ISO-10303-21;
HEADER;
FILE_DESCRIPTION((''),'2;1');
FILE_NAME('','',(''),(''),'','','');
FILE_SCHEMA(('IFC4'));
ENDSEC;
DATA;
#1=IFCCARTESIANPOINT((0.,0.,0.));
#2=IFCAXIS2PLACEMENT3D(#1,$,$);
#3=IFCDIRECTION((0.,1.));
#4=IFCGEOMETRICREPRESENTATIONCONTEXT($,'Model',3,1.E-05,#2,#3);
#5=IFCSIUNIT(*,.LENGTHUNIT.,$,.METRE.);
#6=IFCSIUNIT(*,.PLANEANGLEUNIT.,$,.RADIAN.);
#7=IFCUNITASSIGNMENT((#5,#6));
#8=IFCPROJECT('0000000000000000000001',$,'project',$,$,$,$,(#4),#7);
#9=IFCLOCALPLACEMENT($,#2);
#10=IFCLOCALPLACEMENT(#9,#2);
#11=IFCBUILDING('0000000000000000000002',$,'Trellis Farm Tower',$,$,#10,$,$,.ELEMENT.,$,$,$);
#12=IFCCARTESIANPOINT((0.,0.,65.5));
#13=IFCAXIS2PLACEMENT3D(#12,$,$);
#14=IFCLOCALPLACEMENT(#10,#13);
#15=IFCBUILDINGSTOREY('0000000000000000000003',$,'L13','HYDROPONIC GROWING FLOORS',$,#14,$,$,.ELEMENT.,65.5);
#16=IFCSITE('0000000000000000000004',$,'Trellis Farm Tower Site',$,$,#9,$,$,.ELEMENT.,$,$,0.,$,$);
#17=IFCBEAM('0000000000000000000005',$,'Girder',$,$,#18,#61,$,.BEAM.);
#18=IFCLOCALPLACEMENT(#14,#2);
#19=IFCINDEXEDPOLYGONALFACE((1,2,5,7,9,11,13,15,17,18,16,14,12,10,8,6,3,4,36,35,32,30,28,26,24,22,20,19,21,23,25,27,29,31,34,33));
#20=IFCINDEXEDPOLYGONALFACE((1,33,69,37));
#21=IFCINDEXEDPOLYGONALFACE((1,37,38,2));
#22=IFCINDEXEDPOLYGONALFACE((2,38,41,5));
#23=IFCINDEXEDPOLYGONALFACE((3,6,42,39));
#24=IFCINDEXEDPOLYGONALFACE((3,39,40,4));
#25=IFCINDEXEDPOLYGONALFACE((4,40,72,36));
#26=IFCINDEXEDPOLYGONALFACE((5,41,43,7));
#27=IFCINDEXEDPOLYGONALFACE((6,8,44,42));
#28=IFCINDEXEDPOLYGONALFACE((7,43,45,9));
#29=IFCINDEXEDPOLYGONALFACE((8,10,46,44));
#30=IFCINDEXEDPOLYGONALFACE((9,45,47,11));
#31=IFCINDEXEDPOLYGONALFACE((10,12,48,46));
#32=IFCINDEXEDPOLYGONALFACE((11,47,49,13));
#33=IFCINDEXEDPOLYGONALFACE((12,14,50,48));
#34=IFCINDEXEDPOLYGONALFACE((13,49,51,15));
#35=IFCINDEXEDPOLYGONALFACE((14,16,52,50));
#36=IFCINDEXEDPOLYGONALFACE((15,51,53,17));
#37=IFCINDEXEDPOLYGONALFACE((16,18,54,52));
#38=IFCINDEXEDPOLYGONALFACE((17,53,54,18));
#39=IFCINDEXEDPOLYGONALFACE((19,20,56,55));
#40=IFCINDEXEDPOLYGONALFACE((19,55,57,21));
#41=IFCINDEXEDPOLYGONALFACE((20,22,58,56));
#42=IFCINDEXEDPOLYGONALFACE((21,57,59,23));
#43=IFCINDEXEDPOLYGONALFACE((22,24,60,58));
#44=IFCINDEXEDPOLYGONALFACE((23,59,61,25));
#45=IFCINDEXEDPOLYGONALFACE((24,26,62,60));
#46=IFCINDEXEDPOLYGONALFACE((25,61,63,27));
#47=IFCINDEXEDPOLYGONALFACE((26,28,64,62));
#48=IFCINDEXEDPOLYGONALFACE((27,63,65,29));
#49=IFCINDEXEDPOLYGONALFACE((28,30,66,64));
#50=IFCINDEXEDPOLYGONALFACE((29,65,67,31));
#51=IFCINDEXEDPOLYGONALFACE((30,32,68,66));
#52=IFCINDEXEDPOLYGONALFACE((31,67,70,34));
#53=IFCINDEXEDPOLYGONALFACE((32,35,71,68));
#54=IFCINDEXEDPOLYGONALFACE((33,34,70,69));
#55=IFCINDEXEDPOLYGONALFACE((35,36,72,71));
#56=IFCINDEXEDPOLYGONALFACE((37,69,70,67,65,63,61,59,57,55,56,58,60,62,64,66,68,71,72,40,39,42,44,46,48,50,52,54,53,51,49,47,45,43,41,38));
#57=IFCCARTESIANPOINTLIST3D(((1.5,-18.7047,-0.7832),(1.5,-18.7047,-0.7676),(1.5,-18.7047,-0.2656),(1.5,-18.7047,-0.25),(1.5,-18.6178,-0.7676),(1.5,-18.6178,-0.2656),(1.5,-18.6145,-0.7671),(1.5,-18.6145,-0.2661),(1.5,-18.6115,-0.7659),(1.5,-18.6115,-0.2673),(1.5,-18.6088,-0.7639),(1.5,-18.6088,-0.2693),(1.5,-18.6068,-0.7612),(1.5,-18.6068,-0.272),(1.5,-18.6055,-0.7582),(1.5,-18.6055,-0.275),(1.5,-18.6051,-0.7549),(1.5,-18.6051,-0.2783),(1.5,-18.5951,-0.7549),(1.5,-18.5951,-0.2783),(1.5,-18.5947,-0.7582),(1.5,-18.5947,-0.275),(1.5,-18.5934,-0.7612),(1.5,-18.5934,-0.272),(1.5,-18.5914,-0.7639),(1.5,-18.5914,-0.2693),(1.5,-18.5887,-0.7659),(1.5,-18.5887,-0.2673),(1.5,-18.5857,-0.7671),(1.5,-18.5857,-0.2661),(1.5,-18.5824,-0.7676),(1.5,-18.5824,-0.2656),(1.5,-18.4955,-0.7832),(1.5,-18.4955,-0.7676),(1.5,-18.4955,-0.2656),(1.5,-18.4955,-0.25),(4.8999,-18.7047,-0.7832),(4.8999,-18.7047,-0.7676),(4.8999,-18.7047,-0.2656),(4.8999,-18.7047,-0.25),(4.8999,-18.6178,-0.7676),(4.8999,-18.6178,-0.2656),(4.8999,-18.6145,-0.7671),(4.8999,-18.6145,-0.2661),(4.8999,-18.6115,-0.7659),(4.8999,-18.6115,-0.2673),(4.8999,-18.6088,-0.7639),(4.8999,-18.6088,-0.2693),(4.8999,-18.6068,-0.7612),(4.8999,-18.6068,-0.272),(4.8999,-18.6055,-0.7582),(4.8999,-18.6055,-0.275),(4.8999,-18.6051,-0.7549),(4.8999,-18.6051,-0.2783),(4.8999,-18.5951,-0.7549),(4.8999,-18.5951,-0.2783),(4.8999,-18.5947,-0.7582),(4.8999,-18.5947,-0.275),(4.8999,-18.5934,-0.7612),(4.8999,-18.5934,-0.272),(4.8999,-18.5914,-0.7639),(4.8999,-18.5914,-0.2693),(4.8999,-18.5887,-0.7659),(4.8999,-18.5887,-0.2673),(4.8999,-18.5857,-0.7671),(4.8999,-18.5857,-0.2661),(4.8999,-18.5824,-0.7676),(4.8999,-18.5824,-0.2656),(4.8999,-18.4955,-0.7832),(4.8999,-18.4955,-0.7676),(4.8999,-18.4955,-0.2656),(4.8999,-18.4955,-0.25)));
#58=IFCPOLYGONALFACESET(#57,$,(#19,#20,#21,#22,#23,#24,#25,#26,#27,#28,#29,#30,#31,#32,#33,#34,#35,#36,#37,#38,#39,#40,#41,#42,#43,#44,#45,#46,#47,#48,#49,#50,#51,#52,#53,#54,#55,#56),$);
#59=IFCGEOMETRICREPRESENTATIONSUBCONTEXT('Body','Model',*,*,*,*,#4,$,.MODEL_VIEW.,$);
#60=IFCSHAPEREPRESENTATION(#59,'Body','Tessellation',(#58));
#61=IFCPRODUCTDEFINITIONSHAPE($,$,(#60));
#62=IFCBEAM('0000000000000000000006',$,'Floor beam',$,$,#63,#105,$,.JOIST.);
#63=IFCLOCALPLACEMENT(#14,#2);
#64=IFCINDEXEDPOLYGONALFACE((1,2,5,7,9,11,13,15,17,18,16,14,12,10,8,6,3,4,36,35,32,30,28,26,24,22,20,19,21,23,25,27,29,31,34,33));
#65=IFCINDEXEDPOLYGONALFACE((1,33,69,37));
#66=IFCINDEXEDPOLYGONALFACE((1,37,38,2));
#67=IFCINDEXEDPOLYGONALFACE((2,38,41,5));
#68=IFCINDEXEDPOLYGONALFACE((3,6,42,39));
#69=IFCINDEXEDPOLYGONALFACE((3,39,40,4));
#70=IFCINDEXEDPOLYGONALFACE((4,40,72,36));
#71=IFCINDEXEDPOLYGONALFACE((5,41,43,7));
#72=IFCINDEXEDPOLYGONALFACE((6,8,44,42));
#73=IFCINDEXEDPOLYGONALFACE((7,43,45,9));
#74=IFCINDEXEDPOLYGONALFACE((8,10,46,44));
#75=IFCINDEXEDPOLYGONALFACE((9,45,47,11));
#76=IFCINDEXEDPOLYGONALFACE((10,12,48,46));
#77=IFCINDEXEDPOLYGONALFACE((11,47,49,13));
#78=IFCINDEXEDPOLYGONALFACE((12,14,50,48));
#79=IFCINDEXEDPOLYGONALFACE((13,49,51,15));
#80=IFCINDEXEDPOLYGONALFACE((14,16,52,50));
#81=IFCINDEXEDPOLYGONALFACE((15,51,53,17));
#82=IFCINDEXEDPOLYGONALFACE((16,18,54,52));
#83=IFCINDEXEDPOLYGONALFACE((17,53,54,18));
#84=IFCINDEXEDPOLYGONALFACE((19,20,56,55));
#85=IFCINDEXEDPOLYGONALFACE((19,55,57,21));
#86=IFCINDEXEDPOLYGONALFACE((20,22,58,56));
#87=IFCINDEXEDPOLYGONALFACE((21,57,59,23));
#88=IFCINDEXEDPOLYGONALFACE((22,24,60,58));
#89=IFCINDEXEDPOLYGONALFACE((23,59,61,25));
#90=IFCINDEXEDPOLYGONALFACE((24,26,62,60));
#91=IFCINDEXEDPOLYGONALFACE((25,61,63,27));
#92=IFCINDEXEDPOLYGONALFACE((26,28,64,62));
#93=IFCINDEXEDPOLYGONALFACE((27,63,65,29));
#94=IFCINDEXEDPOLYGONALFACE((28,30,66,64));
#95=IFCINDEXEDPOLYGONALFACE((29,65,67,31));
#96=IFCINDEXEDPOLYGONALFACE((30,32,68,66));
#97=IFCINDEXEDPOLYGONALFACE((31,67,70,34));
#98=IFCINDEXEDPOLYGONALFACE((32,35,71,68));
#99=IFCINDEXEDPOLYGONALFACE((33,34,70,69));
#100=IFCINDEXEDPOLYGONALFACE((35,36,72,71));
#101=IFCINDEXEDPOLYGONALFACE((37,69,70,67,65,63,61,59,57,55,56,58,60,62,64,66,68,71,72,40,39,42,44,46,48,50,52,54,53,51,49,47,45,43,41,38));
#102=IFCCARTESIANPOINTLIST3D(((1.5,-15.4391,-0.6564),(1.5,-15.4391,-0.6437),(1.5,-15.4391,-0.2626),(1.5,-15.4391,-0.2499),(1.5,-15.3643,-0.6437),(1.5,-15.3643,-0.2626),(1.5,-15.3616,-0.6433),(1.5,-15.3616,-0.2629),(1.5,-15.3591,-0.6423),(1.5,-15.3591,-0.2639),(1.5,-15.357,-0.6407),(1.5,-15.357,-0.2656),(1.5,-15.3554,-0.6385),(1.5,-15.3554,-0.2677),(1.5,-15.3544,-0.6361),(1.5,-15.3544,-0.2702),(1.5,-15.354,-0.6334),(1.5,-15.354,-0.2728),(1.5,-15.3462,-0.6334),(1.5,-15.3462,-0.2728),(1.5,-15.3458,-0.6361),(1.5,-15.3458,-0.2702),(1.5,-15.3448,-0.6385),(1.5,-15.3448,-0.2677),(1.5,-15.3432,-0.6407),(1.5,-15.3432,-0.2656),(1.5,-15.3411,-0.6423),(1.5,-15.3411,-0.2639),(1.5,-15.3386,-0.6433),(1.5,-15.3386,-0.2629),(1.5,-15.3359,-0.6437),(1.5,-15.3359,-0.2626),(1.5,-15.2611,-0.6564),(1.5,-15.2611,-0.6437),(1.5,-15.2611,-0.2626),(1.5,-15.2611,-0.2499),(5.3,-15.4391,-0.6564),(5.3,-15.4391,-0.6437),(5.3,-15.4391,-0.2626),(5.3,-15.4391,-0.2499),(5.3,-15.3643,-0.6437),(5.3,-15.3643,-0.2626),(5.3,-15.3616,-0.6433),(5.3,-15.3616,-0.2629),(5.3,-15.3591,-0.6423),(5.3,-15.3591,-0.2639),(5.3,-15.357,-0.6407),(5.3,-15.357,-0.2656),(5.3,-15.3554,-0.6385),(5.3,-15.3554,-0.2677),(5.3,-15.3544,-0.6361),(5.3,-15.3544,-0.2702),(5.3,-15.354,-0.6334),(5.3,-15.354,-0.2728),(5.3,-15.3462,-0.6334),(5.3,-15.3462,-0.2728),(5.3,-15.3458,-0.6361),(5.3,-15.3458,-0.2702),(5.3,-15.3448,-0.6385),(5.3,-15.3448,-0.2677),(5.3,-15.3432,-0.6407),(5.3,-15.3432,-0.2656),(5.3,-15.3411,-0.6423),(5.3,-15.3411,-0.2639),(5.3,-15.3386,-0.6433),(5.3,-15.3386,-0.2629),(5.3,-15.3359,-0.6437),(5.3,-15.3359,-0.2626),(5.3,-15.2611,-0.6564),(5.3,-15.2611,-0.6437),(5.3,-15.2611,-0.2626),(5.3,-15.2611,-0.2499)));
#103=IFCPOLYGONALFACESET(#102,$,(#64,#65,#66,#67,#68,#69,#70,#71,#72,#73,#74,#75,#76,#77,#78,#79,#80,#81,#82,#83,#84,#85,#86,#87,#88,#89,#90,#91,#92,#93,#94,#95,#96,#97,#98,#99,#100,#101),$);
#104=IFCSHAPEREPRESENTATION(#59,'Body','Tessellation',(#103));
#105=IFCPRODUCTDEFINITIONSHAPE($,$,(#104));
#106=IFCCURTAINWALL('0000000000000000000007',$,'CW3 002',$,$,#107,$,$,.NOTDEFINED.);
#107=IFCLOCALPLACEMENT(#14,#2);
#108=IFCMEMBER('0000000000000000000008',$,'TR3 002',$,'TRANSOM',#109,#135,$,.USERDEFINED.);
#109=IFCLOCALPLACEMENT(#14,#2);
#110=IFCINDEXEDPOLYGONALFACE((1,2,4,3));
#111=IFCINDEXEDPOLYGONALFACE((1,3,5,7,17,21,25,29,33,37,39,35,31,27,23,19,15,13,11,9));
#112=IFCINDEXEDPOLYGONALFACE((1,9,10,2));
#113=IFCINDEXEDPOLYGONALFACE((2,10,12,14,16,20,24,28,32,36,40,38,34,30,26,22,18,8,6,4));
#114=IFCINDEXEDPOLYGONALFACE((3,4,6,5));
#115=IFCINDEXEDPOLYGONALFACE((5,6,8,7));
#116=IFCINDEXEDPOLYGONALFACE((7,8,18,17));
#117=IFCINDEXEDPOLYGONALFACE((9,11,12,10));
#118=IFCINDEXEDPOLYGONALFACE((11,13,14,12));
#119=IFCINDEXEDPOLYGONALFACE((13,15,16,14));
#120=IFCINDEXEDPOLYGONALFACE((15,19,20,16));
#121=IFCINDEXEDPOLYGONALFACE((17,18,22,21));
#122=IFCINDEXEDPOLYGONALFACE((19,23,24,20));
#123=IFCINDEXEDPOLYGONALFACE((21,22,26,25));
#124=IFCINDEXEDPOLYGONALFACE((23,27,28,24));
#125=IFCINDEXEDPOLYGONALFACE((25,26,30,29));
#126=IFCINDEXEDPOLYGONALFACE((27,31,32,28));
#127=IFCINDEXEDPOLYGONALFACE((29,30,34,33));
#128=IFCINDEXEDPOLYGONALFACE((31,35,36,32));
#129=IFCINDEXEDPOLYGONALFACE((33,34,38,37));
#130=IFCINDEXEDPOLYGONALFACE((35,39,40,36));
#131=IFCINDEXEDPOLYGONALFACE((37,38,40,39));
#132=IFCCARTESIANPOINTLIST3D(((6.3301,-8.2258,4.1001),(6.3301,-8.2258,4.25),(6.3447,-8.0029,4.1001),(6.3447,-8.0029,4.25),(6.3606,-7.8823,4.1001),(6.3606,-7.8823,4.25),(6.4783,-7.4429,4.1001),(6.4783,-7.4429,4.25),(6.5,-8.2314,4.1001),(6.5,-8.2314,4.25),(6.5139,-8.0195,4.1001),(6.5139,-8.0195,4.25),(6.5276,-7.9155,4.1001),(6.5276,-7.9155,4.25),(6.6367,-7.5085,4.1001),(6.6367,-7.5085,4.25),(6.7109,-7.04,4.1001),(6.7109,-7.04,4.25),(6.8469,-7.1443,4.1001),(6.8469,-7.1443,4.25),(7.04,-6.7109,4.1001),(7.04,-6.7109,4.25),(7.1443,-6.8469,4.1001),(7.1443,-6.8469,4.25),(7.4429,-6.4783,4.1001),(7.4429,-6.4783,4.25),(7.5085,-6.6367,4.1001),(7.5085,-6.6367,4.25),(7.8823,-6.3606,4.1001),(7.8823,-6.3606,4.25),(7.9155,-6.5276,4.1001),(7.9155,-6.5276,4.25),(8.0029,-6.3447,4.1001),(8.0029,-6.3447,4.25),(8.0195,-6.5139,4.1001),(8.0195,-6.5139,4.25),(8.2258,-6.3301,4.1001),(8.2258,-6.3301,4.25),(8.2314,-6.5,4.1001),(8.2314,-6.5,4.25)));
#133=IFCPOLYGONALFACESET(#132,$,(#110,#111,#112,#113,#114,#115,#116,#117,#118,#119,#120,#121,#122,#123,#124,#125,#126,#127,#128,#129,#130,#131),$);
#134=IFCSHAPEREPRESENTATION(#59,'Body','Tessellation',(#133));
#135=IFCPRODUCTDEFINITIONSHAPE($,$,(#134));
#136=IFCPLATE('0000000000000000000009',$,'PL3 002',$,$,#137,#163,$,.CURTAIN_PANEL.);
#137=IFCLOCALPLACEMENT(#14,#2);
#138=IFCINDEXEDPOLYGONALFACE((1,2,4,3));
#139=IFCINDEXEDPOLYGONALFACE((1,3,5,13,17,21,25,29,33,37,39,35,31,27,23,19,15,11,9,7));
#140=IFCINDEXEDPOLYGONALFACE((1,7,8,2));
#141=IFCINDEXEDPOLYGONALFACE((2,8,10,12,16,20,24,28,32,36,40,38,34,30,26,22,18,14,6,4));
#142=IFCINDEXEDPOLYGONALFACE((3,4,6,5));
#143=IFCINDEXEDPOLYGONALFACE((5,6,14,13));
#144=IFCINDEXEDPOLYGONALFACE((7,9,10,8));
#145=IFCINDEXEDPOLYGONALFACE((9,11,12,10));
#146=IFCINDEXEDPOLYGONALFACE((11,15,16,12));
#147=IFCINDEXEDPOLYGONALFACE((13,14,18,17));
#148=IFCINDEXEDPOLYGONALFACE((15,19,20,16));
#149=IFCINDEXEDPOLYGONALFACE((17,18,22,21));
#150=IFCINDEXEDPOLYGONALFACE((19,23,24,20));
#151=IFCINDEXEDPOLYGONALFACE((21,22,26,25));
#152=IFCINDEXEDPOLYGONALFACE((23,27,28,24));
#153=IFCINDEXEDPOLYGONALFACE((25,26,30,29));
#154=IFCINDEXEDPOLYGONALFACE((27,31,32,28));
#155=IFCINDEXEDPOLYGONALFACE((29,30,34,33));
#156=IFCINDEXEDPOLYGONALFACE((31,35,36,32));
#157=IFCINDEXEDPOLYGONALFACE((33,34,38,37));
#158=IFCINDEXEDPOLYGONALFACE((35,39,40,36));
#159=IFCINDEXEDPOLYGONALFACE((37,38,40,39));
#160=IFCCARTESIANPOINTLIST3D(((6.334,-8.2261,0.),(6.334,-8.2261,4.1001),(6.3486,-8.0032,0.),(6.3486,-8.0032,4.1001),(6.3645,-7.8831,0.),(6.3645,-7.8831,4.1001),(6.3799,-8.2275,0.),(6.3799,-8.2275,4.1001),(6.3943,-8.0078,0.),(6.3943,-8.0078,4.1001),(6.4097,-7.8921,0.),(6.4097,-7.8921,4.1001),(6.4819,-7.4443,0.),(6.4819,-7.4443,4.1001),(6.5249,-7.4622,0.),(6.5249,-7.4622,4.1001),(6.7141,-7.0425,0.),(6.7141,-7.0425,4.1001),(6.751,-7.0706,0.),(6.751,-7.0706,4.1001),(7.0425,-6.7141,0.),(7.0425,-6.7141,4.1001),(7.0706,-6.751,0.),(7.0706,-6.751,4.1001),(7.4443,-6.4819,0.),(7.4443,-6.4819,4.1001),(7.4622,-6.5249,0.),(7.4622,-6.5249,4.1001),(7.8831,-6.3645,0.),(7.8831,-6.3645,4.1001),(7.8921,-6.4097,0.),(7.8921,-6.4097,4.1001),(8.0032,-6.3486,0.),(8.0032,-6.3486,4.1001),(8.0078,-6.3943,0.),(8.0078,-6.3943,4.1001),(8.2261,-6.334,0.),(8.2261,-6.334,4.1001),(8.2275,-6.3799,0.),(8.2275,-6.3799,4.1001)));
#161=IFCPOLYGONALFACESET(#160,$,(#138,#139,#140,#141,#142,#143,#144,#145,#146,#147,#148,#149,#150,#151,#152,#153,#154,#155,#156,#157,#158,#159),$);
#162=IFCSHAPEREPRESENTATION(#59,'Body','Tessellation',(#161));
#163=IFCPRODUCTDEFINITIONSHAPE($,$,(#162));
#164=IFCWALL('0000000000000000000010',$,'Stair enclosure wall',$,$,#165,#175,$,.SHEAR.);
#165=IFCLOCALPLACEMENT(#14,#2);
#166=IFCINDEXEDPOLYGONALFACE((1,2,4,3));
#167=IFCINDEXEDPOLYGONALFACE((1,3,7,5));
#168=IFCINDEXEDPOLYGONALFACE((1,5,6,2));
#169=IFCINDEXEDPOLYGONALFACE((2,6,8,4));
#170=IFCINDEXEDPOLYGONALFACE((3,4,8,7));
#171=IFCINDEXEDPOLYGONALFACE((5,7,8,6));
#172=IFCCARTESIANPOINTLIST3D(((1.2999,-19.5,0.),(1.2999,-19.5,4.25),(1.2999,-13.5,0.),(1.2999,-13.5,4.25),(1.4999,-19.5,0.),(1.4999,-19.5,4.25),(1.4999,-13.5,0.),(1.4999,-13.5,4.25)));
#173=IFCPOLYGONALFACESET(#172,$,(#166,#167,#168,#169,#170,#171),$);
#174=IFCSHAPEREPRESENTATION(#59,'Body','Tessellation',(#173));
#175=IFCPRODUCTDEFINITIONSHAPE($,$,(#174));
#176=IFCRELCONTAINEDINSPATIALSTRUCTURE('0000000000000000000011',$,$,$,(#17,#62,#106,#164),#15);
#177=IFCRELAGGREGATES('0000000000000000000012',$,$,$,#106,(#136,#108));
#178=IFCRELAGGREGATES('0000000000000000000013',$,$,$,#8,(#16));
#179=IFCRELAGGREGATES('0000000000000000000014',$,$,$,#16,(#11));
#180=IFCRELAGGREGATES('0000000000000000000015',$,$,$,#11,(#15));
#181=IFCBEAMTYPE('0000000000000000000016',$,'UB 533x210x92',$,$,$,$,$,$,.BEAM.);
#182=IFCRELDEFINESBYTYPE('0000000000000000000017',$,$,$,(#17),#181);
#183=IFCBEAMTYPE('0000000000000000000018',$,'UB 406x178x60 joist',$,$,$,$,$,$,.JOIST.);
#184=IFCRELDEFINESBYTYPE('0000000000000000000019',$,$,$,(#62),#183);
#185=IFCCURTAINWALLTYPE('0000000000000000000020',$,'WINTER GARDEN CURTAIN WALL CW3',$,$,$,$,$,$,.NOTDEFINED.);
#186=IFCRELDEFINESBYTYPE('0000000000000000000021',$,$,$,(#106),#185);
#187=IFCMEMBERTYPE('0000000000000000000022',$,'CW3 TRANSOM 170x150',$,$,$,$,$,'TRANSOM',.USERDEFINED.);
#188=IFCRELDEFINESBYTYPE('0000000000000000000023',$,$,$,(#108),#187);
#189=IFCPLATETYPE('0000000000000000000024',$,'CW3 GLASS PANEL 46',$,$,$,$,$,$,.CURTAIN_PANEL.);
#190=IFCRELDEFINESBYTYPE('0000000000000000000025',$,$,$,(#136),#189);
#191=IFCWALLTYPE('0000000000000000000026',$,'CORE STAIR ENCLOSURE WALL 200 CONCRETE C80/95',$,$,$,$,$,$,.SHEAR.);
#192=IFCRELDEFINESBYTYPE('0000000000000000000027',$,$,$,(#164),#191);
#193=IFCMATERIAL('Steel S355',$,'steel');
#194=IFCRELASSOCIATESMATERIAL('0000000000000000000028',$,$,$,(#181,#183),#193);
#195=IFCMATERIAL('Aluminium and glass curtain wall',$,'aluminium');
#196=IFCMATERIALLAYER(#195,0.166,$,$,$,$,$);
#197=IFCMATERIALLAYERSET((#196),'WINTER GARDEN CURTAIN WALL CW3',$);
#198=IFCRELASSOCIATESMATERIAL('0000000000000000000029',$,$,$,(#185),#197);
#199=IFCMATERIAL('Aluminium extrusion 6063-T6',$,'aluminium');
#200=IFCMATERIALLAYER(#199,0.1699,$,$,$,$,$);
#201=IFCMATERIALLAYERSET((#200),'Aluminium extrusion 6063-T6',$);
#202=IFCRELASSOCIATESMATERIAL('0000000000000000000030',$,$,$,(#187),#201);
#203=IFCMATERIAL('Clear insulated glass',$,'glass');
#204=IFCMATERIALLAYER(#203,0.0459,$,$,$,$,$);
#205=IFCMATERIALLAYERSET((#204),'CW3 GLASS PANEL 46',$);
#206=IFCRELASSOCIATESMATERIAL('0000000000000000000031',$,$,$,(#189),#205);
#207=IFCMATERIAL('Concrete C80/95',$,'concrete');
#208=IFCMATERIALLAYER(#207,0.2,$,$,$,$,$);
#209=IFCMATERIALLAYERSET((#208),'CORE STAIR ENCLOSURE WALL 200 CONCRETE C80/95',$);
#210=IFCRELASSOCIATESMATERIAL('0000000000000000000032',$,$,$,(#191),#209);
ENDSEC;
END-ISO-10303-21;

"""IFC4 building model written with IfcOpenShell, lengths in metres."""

from ifc_helpers import new_model, si_unit, direction, frame, frame_2d, origin, origin_2d, place, context, subcontext, project, spatial, polyline, rectangle, i_section, outline, extrude, source, transform, mapped, material, layer, layer_set, material_profile, profile_set, type_object, element, aggregate, save


model = new_model("IFC4")

# Units and contexts
model_context = context("Model", 3, precision=1e-05, world=origin(), true_north=direction((0.0, 1.0)))
body_context = subcontext(model_context, "Body", "Model", "MODEL_VIEW")
ifc_project = project(units=[si_unit("LENGTHUNIT", "METRE"), si_unit("PLANEANGLEUNIT", "RADIAN")], contexts=[model_context])

# Site, building, storey
site_placement = place(None, origin())
site = spatial("IfcSite", under=ifc_project, at=site_placement, Name="Trellis Farm Tower Site", CompositionType="ELEMENT", RefElevation=0.0)
building_placement = place(site_placement, origin())
building = spatial("IfcBuilding", under=site, at=building_placement, Name="Trellis Farm Tower", CompositionType="ELEMENT")
storey_placement = place(building_placement, frame((0.0, 0.0, 65.5)))
storey = spatial("IfcBuildingStorey", under=building, at=storey_placement, Name="L13", Description="HYDROPONIC GROWING FLOORS", CompositionType="ELEMENT", Elevation=65.5)

# Beams
ifc_material_1 = material(Name="Steel S355", Category="steel")
ifc_material_profile_1 = material_profile(ifc_material_1, i_section(OverallWidth=0.2092, OverallDepth=0.5332, WebThickness=0.01, FlangeThickness=0.0156, FilletRadius=0.0127, at=origin_2d()), Name="UB 533x210x92")
ifc_profile_set_1 = profile_set([ifc_material_profile_1], Name="Steel S355")
beam_type_1 = type_object("IfcBeamType", Name="UB 533x210x92", PredefinedType="BEAM", material=ifc_profile_set_1)
shared_shape_1 = source(origin(), body_context, "Body", "SweptSolid", [
    extrude(i_section(OverallWidth=0.2092, OverallDepth=0.5332, WebThickness=0.01, FlangeThickness=0.0156, FilletRadius=0.0127, at=origin_2d()), origin(), (0.0, 0.0, 1.0), 3.3999),
])
beam_1_placement = place(storey_placement, frame((1.5, -18.6001, -0.5166), z_axis=(1.0, 0.0, 0.0), x_axis=(0.0, 1.0, 0.0)))
element("IfcBeam", 1, at=beam_1_placement, inside=storey, type_object=beam_type_1, Name="Girder", PredefinedType="BEAM", context=body_context, shape_type="MappedRepresentation", body=[
    mapped(shared_shape_1, transform((0.0, 0.0, 0.0))),
])
ifc_material_profile_2 = material_profile(ifc_material_1, i_section(OverallWidth=0.178, OverallDepth=0.4065, WebThickness=0.0078, FlangeThickness=0.0127, FilletRadius=0.0103, at=origin_2d()), Name="UB 406x178x60")
ifc_profile_set_2 = profile_set([ifc_material_profile_2], Name="Steel S355")
beam_type_2 = type_object("IfcBeamType", Name="UB 406x178x60 joist", PredefinedType="JOIST", material=ifc_profile_set_2)
shared_shape_2 = source(origin(), body_context, "Body", "SweptSolid", [
    extrude(i_section(OverallWidth=0.178, OverallDepth=0.4065, WebThickness=0.0078, FlangeThickness=0.0127, FilletRadius=0.0103, at=origin_2d()), origin(), (0.0, 0.0, 1.0), 3.8),
])
beam_2_placement = place(storey_placement, frame((1.5, -15.3501, -0.4531), z_axis=(1.0, 0.0, 0.0), x_axis=(0.0, 1.0, 0.0)))
element("IfcBeam", 2, at=beam_2_placement, inside=storey, type_object=beam_type_2, Name="Floor beam", PredefinedType="JOIST", context=body_context, shape_type="MappedRepresentation", body=[
    mapped(shared_shape_2, transform((0.0, 0.0, 0.0))),
])

# Curtain wall, member, plate
ifc_material_2 = material(Name="Aluminium and glass curtain wall", Category="aluminium")
ifc_layer_1 = layer(ifc_material_2, 0.166)
ifc_layer_set_1 = layer_set([ifc_layer_1], Name="WINTER GARDEN CURTAIN WALL CW3")
curtain_wall_type = type_object("IfcCurtainWallType", Name="WINTER GARDEN CURTAIN WALL CW3", PredefinedType="NOTDEFINED", material=ifc_layer_set_1)
placement_1 = place(storey_placement, origin())
curtain_wall = element("IfcCurtainWall", 3, at=placement_1, inside=storey, type_object=curtain_wall_type, Name="CW3 002", PredefinedType="NOTDEFINED")
ifc_material_3 = material(Name="Aluminium extrusion 6063-T6", Category="aluminium")
ifc_layer_2 = layer(ifc_material_3, 0.1699)
ifc_layer_set_2 = layer_set([ifc_layer_2], Name="Aluminium extrusion 6063-T6")
member_type = type_object("IfcMemberType", Name="CW3 TRANSOM 170x150", ElementType="TRANSOM", PredefinedType="USERDEFINED", material=ifc_layer_set_2)
shared_shape_3 = source(origin(), body_context, "Body", "SweptSolid", [
    extrude(outline(polyline([(6.5, -8.2314), (6.5139, -8.0195), (6.5276, -7.9155), (6.6367, -7.5085), (6.8469, -7.1443), (7.1443, -6.8469), (7.5085, -6.6367), (7.9155, -6.5276), (8.0195, -6.5139), (8.2314, -6.5), (8.2258, -6.3301), (8.0029, -6.3447), (7.8823, -6.3606), (7.4429, -6.4783), (7.04, -6.7109), (6.7109, -7.04), (6.4783, -7.4429), (6.3606, -7.8823), (6.3447, -8.0029), (6.3301, -8.2258), (6.5, -8.2314)])), origin(), (0.0, 0.0, 1.0), 0.1499),
])
member_placement = place(storey_placement, frame((0.0, 0.0, 4.1001)))
member = element("IfcMember", 4, at=member_placement, type_object=member_type, Name="TR3 002", ObjectType="TRANSOM", PredefinedType="USERDEFINED", context=body_context, shape_type="MappedRepresentation", body=[
    mapped(shared_shape_3, transform((0.0, 0.0, 0.0))),
])
ifc_material_4 = material(Name="Clear insulated glass", Category="glass")
ifc_layer_3 = layer(ifc_material_4, 0.0459)
ifc_layer_set_3 = layer_set([ifc_layer_3], Name="CW3 GLASS PANEL 46")
plate_type = type_object("IfcPlateType", Name="CW3 GLASS PANEL 46", PredefinedType="CURTAIN_PANEL", material=ifc_layer_set_3)
shared_shape_4 = source(origin(), body_context, "Body", "SweptSolid", [
    extrude(outline(polyline([(6.3799, -8.2275), (6.3943, -8.0078), (6.4097, -7.8921), (6.5249, -7.4622), (6.751, -7.0706), (7.0706, -6.751), (7.4622, -6.5249), (7.8921, -6.4097), (8.0078, -6.3943), (8.2275, -6.3799), (8.2261, -6.334), (8.0032, -6.3486), (7.8831, -6.3645), (7.4443, -6.4819), (7.0425, -6.7141), (6.7141, -7.0425), (6.4819, -7.4443), (6.3645, -7.8831), (6.3486, -8.0032), (6.334, -8.2261), (6.3799, -8.2275)])), origin(), (0.0, 0.0, 1.0), 4.1001),
])
plate = element("IfcPlate", 5, at=placement_1, type_object=plate_type, Name="PL3 002", PredefinedType="CURTAIN_PANEL", context=body_context, shape_type="MappedRepresentation", body=[
    mapped(shared_shape_4, transform((0.0, 0.0, 0.0))),
])
aggregate(curtain_wall, [plate, member])

# Wall
ifc_material_5 = material(Name="Concrete C80/95", Category="concrete")
ifc_layer_4 = layer(ifc_material_5, 0.2)
ifc_layer_set_4 = layer_set([ifc_layer_4], Name="CORE STAIR ENCLOSURE WALL 200 CONCRETE C80/95")
wall_type_1 = type_object("IfcWallType", Name="CORE STAIR ENCLOSURE WALL 200 CONCRETE C80/95", PredefinedType="SHEAR", material=ifc_layer_set_4)
shared_shape_5 = source(origin(), body_context, "Body", "SweptSolid", [
    extrude(rectangle(XDim=6.0, YDim=0.2, at=frame_2d((3.0, 0.0))), origin(), (0.0, 0.0, 1.0), 4.25),
])
wall_1_placement = place(storey_placement, frame((1.3999, -13.5, 0.0), z_axis=(0.0, 0.0, 1.0), x_axis=(0.0, -1.0, 0.0)))
element("IfcWall", 6, at=wall_1_placement, inside=storey, type_object=wall_type_1, Name="Stair enclosure wall", PredefinedType="SHEAR", context=body_context, shape_type="MappedRepresentation", body=[
    mapped(shared_shape_5, transform((0.0, 0.0, 0.0))),
])

save(model, "model.ifc")
